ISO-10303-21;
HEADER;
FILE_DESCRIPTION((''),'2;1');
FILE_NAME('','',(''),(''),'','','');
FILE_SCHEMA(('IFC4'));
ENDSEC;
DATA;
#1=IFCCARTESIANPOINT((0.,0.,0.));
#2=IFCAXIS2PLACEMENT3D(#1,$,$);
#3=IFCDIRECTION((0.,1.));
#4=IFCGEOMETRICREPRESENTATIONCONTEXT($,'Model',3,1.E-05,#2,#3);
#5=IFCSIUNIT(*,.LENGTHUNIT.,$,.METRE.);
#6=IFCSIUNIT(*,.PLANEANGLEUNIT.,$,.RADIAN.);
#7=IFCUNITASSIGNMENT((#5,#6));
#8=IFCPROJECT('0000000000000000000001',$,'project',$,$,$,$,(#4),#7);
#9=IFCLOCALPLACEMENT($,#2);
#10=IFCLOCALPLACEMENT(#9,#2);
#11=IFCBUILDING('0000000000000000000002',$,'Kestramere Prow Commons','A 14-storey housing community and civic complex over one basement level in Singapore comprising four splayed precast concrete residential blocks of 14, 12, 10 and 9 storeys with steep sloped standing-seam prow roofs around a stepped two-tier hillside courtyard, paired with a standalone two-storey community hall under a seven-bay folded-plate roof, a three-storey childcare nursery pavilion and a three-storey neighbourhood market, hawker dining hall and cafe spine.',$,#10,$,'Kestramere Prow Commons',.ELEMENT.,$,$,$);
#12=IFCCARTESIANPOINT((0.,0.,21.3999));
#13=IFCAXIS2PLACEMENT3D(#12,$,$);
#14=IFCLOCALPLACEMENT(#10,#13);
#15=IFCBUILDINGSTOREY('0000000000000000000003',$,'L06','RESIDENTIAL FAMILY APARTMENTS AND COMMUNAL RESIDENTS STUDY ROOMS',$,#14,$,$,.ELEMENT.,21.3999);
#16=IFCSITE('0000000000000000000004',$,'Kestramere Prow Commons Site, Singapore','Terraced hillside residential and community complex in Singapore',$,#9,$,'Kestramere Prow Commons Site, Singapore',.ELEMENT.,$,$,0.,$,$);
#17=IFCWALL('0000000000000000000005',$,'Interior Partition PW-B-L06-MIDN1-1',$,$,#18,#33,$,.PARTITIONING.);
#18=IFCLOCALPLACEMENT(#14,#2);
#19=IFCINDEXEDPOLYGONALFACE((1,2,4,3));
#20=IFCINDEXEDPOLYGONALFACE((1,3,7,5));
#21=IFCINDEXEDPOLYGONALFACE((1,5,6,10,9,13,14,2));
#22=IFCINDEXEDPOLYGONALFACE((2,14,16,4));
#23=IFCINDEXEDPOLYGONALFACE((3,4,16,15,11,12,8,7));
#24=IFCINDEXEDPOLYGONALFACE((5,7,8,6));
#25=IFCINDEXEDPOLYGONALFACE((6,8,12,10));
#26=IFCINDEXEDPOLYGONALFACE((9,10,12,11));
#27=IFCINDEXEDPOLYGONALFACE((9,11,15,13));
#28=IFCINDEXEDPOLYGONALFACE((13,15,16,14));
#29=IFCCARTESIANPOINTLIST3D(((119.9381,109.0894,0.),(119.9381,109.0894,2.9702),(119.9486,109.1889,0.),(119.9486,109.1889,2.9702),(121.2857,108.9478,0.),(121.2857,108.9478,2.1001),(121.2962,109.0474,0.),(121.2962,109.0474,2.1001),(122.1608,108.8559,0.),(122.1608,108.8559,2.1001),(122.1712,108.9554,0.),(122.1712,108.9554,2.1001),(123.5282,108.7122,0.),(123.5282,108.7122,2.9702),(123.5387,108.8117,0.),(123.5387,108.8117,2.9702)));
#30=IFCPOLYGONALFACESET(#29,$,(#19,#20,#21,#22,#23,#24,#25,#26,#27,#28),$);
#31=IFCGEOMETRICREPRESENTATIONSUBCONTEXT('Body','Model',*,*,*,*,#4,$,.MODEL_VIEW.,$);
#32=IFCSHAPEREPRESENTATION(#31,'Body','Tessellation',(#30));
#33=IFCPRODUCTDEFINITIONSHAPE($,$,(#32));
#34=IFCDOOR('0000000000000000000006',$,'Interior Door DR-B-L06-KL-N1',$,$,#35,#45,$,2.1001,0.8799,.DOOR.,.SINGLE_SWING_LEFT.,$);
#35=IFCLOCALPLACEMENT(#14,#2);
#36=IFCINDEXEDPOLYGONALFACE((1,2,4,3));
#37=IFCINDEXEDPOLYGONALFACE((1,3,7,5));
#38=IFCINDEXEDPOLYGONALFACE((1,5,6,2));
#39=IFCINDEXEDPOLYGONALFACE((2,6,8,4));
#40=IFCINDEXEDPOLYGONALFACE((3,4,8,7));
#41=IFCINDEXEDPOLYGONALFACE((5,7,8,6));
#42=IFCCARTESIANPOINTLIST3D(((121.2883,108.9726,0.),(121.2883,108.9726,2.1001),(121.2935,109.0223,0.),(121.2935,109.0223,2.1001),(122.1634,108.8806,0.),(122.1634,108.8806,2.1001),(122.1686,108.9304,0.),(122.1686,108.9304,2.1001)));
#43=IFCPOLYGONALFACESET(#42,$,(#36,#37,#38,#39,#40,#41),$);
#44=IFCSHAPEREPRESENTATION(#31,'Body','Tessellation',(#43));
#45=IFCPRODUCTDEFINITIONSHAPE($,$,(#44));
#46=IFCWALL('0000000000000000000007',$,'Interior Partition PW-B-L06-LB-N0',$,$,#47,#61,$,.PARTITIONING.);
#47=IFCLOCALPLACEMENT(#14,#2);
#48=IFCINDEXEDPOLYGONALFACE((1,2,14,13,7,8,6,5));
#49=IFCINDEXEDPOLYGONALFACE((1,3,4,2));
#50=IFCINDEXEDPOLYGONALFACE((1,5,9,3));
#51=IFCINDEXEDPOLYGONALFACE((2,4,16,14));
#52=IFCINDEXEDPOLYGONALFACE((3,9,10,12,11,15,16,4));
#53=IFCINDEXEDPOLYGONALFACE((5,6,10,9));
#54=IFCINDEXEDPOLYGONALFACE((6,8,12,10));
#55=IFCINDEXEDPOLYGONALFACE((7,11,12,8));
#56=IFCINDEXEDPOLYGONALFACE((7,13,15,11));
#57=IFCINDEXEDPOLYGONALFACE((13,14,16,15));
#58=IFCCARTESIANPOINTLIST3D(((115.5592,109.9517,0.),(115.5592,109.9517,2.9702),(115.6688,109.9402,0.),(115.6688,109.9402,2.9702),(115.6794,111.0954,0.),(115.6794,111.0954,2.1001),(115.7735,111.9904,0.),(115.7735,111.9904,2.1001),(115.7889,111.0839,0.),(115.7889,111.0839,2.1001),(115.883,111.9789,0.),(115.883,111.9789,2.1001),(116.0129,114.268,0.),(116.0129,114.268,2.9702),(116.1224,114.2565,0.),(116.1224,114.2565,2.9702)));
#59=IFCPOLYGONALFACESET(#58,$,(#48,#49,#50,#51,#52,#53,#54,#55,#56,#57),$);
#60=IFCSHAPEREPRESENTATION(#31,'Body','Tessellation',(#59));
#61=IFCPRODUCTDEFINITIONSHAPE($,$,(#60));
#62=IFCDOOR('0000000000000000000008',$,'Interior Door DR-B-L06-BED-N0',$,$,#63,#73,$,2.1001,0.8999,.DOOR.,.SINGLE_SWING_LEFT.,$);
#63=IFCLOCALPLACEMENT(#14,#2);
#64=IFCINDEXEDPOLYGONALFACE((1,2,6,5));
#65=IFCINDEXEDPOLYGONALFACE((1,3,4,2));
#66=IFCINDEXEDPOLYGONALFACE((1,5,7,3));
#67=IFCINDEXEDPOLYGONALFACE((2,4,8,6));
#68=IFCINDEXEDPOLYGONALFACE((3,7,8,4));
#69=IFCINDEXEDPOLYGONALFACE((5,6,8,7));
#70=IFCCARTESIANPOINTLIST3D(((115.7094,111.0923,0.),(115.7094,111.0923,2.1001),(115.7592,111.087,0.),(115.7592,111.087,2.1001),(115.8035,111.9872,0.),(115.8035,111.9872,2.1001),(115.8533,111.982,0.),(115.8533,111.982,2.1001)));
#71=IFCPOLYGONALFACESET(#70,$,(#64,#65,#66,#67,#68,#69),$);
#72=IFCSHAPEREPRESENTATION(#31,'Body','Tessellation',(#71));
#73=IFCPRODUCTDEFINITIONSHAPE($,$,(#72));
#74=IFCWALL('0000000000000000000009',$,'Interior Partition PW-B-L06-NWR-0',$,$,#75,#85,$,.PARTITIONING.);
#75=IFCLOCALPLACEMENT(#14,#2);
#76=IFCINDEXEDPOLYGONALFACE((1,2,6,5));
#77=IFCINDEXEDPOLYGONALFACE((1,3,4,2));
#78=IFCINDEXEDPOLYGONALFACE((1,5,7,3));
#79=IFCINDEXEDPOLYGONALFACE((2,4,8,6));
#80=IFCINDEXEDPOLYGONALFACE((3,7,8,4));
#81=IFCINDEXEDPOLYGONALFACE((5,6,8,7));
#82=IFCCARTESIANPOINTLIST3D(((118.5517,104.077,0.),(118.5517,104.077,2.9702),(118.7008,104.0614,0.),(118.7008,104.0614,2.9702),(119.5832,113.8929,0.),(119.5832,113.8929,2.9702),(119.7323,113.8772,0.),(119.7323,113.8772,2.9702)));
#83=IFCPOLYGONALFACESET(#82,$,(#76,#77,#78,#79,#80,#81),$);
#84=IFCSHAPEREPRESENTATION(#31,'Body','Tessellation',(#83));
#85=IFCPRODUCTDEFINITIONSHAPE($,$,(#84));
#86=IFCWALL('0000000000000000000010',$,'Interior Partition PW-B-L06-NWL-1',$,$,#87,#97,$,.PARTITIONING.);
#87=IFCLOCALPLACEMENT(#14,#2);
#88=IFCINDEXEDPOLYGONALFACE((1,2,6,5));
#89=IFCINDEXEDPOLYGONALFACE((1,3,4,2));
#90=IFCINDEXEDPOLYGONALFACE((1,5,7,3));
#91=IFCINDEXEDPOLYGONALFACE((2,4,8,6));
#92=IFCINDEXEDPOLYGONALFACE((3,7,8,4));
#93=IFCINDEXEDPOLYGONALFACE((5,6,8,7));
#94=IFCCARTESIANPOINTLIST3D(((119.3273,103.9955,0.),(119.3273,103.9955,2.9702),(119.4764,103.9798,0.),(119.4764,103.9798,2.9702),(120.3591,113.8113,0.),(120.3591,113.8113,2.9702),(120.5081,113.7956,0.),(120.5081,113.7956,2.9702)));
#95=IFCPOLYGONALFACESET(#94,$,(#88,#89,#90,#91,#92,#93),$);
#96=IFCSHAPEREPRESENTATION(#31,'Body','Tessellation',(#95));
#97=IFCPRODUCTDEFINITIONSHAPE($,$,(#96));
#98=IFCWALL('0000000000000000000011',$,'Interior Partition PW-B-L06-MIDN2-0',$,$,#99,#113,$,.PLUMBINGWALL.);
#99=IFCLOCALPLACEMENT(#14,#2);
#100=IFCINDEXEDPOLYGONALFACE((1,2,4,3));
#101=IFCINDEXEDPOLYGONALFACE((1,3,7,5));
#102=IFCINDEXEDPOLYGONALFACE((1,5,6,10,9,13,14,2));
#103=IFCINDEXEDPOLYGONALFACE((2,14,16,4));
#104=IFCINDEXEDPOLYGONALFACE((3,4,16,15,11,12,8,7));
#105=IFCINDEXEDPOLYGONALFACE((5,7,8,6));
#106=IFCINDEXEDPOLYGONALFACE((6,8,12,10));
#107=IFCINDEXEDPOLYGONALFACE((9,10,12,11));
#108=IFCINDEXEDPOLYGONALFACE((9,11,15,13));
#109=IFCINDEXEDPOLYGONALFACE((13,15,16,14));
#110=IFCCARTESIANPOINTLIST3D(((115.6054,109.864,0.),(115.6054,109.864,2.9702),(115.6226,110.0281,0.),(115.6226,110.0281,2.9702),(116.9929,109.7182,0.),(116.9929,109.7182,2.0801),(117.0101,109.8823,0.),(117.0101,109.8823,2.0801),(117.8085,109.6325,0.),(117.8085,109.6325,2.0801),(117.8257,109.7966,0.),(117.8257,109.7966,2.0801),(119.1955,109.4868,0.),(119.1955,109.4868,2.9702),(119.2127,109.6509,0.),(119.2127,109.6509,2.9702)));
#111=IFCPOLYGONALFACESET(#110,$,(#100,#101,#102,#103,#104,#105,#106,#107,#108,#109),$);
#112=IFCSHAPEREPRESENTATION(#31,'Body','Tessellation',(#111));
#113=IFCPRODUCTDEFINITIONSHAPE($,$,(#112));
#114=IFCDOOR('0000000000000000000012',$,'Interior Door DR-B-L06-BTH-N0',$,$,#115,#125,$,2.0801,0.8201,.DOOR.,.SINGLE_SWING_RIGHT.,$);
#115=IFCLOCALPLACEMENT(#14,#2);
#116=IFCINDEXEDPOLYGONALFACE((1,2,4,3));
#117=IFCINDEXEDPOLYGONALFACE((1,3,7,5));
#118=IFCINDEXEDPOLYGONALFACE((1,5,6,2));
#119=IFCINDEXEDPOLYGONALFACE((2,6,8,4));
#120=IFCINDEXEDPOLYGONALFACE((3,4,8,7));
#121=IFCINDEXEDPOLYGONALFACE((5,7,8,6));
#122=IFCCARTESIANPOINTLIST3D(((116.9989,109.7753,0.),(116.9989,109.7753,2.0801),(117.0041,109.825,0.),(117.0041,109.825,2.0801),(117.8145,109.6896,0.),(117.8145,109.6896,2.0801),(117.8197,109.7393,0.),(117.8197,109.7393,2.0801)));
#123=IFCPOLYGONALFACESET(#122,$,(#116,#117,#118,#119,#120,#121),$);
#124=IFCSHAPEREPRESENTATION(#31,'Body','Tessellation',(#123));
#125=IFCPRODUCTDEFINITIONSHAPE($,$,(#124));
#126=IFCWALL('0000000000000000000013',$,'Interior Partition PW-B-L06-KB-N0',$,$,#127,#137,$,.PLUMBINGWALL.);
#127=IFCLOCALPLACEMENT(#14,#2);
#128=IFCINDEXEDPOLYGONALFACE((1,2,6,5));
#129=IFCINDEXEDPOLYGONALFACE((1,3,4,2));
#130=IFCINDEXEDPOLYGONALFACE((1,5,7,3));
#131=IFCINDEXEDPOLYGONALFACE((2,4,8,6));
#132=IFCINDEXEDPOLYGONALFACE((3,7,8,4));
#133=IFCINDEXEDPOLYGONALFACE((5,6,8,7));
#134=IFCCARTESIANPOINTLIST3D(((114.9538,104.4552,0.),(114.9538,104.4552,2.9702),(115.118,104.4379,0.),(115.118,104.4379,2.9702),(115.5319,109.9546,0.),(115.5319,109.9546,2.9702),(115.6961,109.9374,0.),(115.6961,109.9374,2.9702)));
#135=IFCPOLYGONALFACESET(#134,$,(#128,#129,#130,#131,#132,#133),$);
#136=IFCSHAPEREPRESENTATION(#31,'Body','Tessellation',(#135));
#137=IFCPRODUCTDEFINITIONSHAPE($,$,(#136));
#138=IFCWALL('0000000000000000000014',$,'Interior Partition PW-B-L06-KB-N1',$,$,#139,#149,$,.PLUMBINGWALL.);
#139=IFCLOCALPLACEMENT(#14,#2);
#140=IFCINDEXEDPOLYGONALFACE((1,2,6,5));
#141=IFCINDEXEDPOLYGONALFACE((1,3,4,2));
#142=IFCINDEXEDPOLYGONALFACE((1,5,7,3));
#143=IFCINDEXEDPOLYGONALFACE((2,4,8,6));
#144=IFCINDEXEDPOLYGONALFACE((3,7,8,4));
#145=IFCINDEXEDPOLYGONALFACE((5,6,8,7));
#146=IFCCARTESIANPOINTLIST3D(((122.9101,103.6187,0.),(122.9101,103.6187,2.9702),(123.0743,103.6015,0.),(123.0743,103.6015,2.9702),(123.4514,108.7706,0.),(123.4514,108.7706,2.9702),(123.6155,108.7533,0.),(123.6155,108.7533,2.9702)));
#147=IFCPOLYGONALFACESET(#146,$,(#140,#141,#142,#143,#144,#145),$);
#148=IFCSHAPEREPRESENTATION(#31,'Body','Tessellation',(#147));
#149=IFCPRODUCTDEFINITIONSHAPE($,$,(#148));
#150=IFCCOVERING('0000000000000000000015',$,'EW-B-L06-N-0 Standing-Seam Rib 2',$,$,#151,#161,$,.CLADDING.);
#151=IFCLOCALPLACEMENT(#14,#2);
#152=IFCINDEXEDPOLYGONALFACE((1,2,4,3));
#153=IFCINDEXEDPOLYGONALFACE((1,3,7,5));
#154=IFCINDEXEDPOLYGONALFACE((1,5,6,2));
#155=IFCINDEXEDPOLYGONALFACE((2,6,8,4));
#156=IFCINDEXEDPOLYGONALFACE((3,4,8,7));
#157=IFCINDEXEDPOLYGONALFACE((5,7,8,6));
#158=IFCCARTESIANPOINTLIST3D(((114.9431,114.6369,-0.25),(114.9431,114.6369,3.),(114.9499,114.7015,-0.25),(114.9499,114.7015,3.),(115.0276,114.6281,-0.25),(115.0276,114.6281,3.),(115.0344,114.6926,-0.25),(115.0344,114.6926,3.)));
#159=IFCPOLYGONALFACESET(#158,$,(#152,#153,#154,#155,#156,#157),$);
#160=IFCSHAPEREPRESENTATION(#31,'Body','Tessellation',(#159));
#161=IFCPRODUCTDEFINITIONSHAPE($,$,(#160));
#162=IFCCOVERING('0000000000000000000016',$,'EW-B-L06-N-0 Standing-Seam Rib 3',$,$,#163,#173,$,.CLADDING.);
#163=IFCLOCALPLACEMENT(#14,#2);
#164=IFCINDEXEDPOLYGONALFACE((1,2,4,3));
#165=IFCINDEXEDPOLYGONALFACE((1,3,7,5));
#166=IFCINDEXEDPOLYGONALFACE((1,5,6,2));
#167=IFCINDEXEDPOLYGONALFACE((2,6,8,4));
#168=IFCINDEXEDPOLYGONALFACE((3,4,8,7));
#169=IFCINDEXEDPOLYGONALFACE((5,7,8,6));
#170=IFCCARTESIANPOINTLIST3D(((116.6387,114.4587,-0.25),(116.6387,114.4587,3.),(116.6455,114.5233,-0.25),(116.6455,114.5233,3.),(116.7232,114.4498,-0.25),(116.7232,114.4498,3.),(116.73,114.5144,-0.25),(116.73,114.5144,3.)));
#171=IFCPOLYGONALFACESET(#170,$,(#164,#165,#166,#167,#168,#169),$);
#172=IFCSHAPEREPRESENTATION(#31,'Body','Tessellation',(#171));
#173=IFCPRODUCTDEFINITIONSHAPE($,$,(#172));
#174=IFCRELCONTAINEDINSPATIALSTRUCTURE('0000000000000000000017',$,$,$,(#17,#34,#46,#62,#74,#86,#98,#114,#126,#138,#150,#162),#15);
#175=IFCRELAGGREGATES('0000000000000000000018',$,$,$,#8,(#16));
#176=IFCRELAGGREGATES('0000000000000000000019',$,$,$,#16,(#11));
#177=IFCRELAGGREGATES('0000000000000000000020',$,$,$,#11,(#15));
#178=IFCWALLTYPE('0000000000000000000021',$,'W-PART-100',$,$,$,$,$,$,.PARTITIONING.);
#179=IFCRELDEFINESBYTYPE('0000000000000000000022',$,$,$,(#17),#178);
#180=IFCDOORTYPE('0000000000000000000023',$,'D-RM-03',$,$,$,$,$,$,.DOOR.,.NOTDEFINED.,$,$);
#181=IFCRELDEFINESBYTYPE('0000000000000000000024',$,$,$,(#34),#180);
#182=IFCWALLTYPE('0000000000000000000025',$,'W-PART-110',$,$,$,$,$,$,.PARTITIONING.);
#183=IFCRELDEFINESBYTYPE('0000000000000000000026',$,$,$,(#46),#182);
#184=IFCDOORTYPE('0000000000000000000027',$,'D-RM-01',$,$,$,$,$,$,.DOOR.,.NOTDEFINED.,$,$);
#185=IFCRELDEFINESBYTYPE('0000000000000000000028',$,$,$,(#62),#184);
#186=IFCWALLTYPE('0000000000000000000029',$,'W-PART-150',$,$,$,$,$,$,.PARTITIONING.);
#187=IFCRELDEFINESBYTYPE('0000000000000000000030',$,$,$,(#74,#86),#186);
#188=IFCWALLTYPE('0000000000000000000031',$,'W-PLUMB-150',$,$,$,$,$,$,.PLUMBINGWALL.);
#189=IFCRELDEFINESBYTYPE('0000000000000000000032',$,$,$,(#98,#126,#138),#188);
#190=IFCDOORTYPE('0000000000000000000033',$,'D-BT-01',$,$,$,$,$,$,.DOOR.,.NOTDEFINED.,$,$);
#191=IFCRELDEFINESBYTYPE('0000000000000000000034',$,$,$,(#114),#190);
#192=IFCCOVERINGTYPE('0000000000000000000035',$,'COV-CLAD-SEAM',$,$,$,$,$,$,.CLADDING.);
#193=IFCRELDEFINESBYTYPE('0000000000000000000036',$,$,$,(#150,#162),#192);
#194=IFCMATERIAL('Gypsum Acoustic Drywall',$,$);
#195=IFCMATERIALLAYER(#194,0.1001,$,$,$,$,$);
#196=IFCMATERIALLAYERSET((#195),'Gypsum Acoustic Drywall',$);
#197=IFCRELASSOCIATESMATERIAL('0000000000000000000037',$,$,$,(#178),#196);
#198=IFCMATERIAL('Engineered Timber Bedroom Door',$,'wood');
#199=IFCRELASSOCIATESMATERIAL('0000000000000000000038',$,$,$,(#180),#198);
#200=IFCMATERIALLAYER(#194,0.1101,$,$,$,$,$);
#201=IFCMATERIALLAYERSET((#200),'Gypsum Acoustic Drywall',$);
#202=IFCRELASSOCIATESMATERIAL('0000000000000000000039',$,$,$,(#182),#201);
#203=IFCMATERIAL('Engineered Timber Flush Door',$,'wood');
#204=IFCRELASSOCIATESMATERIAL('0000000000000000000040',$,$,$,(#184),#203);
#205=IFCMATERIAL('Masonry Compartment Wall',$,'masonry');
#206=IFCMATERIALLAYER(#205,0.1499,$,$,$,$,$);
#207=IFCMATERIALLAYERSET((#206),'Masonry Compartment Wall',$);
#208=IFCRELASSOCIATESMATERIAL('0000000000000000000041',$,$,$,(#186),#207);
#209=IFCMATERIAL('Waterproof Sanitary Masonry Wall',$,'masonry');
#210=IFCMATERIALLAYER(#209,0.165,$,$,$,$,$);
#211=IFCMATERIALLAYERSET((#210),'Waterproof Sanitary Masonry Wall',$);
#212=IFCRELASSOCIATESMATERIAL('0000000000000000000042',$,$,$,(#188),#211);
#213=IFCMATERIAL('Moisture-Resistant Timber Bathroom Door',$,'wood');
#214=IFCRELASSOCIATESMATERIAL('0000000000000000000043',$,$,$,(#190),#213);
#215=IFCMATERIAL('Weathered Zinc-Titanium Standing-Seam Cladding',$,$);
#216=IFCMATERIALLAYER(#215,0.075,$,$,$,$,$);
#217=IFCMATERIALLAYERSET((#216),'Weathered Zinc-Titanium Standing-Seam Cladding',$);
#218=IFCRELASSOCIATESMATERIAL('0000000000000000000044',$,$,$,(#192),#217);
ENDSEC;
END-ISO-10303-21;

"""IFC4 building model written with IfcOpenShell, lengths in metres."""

from ifc_helpers import new_model, si_unit, direction, frame, frame_2d, origin, origin_2d, place, context, subcontext, project, spatial, rectangle, extrude, material, layer, layer_set, type_object, element, fill, save


model = new_model("IFC4")

# Units and contexts
model_context = context("Model", 3, precision=1e-05, world=origin(), true_north=direction((0.0, 1.0)))
body_context = subcontext(model_context, "Body", "Model", "MODEL_VIEW")
ifc_project = project(units=[si_unit("LENGTHUNIT", "METRE"), si_unit("PLANEANGLEUNIT", "RADIAN")], contexts=[model_context])

# Site, building, storey
site_placement = place(None, origin())
site = spatial("IfcSite", under=ifc_project, at=site_placement, Name="Kestramere Prow Commons Site, Singapore", Description="Terraced hillside residential and community complex in Singapore", LongName="Kestramere Prow Commons Site, Singapore", CompositionType="ELEMENT", RefElevation=0.0)
building_placement = place(site_placement, origin())
building = spatial("IfcBuilding", under=site, at=building_placement, Name="Kestramere Prow Commons", Description="A 14-storey housing community and civic complex over one basement level in Singapore comprising four splayed precast concrete residential blocks of 14, 12, 10 and 9 storeys with steep sloped standing-seam prow roofs around a stepped two-tier hillside courtyard, paired with a standalone two-storey community hall under a seven-bay folded-plate roof, a three-storey childcare nursery pavilion and a three-storey neighbourhood market, hawker dining hall and cafe spine.", LongName="Kestramere Prow Commons", CompositionType="ELEMENT")
storey_placement = place(building_placement, frame((0.0, 0.0, 21.3999)))
storey = spatial("IfcBuildingStorey", under=building, at=storey_placement, Name="L06", Description="RESIDENTIAL FAMILY APARTMENTS AND COMMUNAL RESIDENTS STUDY ROOMS", CompositionType="ELEMENT", Elevation=21.3999)

# Walls, openings, doors
ifc_material_1 = material(Name="Gypsum Acoustic Drywall")
ifc_layer_1 = layer(ifc_material_1, 0.1001)
ifc_layer_set_1 = layer_set([ifc_layer_1], Name="Gypsum Acoustic Drywall")
wall_type_1 = type_object("IfcWallType", Name="W-PART-100", PredefinedType="PARTITIONING", material=ifc_layer_set_1)
wall_1_placement = place(storey_placement, frame((119.9434, 109.1392, 0.0), z_axis=(0.0, 0.0, 1.0), x_axis=(0.994526, -0.104491, 0.0)))
wall_1 = element("IfcWall", 1, at=wall_1_placement, inside=storey, type_object=wall_type_1, Name="Interior Partition PW-B-L06-MIDN1-1", PredefinedType="PARTITIONING", context=body_context, shape_type="SweptSolid", body=[
    extrude(rectangle(XDim=3.6099, YDim=0.1001, at=frame_2d((1.8049, 0.0))), origin(), (0.0, 0.0, 1.0), 2.9702),
])
opening_1_placement = place(wall_1_placement, frame((1.355, 0.0, 0.0)))
opening_1 = element("IfcOpeningElement", 2, at=opening_1_placement, cuts=wall_1, PredefinedType="OPENING", context=body_context, shape_type="SweptSolid", body=[
    extrude(rectangle(XDim=0.8799, YDim=2.1001, at=frame_2d((0.4399, 1.05))), frame((0.0, 0.0649, 0.0), z_axis=(0.0, -1.0, 0.0), x_axis=(1.0, 0.0, 0.0)), (0.0, 0.0, 1.0), 0.1301),
])
ifc_material_2 = material(Name="Engineered Timber Bedroom Door", Category="wood")
door_type_1 = type_object("IfcDoorType", Name="D-RM-03", OperationType="NOTDEFINED", PredefinedType="DOOR", material=ifc_material_2)
door_1_placement = place(opening_1_placement, origin())
door_1 = element("IfcDoor", 3, at=door_1_placement, inside=storey, type_object=door_type_1, Name="Interior Door DR-B-L06-KL-N1", OperationType="SINGLE_SWING_LEFT", OverallHeight=2.1001, OverallWidth=0.8799, PredefinedType="DOOR", context=body_context, shape_type="SweptSolid", body=[
    extrude(rectangle(XDim=0.8799, YDim=2.1001, at=frame_2d((0.4399, 1.05))), frame((0.0, 0.0249, 0.0), z_axis=(0.0, -1.0, 0.0), x_axis=(1.0, 0.0, 0.0)), (0.0, 0.0, 1.0), 0.05),
])
fill(opening_1, door_1)
ifc_layer_2 = layer(ifc_material_1, 0.1101)
ifc_layer_set_2 = layer_set([ifc_layer_2], Name="Gypsum Acoustic Drywall")
wall_type_2 = type_object("IfcWallType", Name="W-PART-110", PredefinedType="PARTITIONING", material=ifc_layer_set_2)
wall_2_placement = place(storey_placement, frame((115.614, 109.946, 0.0), z_axis=(0.0, 0.0, 1.0), x_axis=(0.104515, 0.994523, 0.0)))
wall_2 = element("IfcWall", 4, at=wall_2_placement, inside=storey, type_object=wall_type_2, Name="Interior Partition PW-B-L06-LB-N0", PredefinedType="PARTITIONING", context=body_context, shape_type="SweptSolid", body=[
    extrude(rectangle(XDim=4.3401, YDim=0.1101, at=frame_2d((2.1699, 0.0))), origin(), (0.0, 0.0, 1.0), 2.9702),
])
opening_2_placement = place(wall_2_placement, frame((1.1499, 0.0, 0.0)))
opening_2 = element("IfcOpeningElement", 5, at=opening_2_placement, cuts=wall_2, PredefinedType="OPENING", context=body_context, shape_type="SweptSolid", body=[
    extrude(rectangle(XDim=0.8999, YDim=2.1001, at=frame_2d((0.45, 1.05))), frame((0.0, 0.0701, 0.0), z_axis=(0.0, -1.0, 0.0), x_axis=(1.0, 0.0, 0.0)), (0.0, 0.0, 1.0), 0.1401),
])
ifc_material_3 = material(Name="Engineered Timber Flush Door", Category="wood")
door_type_2 = type_object("IfcDoorType", Name="D-RM-01", OperationType="NOTDEFINED", PredefinedType="DOOR", material=ifc_material_3)
door_2_placement = place(opening_2_placement, origin())
door_2 = element("IfcDoor", 6, at=door_2_placement, inside=storey, type_object=door_type_2, Name="Interior Door DR-B-L06-BED-N0", OperationType="SINGLE_SWING_LEFT", OverallHeight=2.1001, OverallWidth=0.8999, PredefinedType="DOOR", context=body_context, shape_type="SweptSolid", body=[
    extrude(rectangle(XDim=0.8999, YDim=2.1001, at=frame_2d((0.45, 1.05))), frame((0.0, 0.0249, 0.0), z_axis=(0.0, -1.0, 0.0), x_axis=(1.0, 0.0, 0.0)), (0.0, 0.0, 1.0), 0.05),
])
fill(opening_2, door_2)

# Walls
ifc_material_4 = material(Name="Masonry Compartment Wall", Category="masonry")
ifc_layer_3 = layer(ifc_material_4, 0.1499)
ifc_layer_set_3 = layer_set([ifc_layer_3], Name="Masonry Compartment Wall")
wall_type_3 = type_object("IfcWallType", Name="W-PART-150", PredefinedType="PARTITIONING", material=ifc_layer_set_3)
for number, where, z_axis, x_axis, name in (
    (7, (118.6262, 104.0691, 0.0), (0.0, 0.0, 1.0), (0.104508, 0.994524, 0.0), "Interior Partition PW-B-L06-NWR-0"),
    (8, (119.4019, 103.9875, 0.0), (0.0, 0.0, 1.0), (0.104533, 0.994521, 0.0), "Interior Partition PW-B-L06-NWL-1"),
):
    element("IfcWall", number, at=place(storey_placement, frame(where, z_axis=z_axis, x_axis=x_axis)), inside=storey, type_object=wall_type_3, Name=name, PredefinedType="PARTITIONING", context=body_context, shape_type="SweptSolid", body=[
        extrude(rectangle(XDim=9.8699, YDim=0.1499, at=frame_2d((4.9351, 0.0))), origin(), (0.0, 0.0, 1.0), 2.9702),
    ])

# Wall, opening, door
ifc_material_5 = material(Name="Waterproof Sanitary Masonry Wall", Category="masonry")
ifc_layer_4 = layer(ifc_material_5, 0.165)
ifc_layer_set_4 = layer_set([ifc_layer_4], Name="Waterproof Sanitary Masonry Wall")
wall_type_4 = type_object("IfcWallType", Name="W-PLUMB-150", PredefinedType="PLUMBINGWALL", material=ifc_layer_set_4)
wall_3_placement = place(storey_placement, frame((115.614, 109.946, 0.0), z_axis=(0.0, 0.0, 1.0), x_axis=(0.994526, -0.104491, 0.0)))
wall_3 = element("IfcWall", 9, at=wall_3_placement, inside=storey, type_object=wall_type_4, Name="Interior Partition PW-B-L06-MIDN2-0", PredefinedType="PLUMBINGWALL", context=body_context, shape_type="SweptSolid", body=[
    extrude(rectangle(XDim=3.6099, YDim=0.165, at=frame_2d((1.8049, 0.0))), origin(), (0.0, 0.0, 1.0), 2.9702),
])
opening_3_placement = place(wall_3_placement, frame((1.395, 0.0, 0.0)))
opening_3 = element("IfcOpeningElement", 10, at=opening_3_placement, cuts=wall_3, PredefinedType="OPENING", context=body_context, shape_type="SweptSolid", body=[
    extrude(rectangle(XDim=0.8201, YDim=2.0801, at=frame_2d((0.4102, 1.04))), frame((0.0, 0.0974, 0.0), z_axis=(0.0, -1.0, 0.0), x_axis=(1.0, 0.0, 0.0)), (0.0, 0.0, 1.0), 0.1951),
])
ifc_material_6 = material(Name="Moisture-Resistant Timber Bathroom Door", Category="wood")
door_type_3 = type_object("IfcDoorType", Name="D-BT-01", OperationType="NOTDEFINED", PredefinedType="DOOR", material=ifc_material_6)
door_3_placement = place(opening_3_placement, origin())
door_3 = element("IfcDoor", 11, at=door_3_placement, inside=storey, type_object=door_type_3, Name="Interior Door DR-B-L06-BTH-N0", OperationType="SINGLE_SWING_RIGHT", OverallHeight=2.0801, OverallWidth=0.8201, PredefinedType="DOOR", context=body_context, shape_type="SweptSolid", body=[
    extrude(rectangle(XDim=0.8201, YDim=2.0801, at=frame_2d((0.4102, 1.04))), frame((0.0, 0.0249, 0.0), z_axis=(0.0, -1.0, 0.0), x_axis=(1.0, 0.0, 0.0)), (0.0, 0.0, 1.0), 0.05),
])
fill(opening_3, door_3)

# Walls
wall_4_placement = place(storey_placement, frame((115.0359, 104.4465, 0.0), z_axis=(0.0, 0.0, 1.0), x_axis=(0.104547, 0.99452, 0.0)))
element("IfcWall", 12, at=wall_4_placement, inside=storey, type_object=wall_type_4, Name="Interior Partition PW-B-L06-KB-N0", PredefinedType="PLUMBINGWALL", context=body_context, shape_type="SweptSolid", body=[
    extrude(rectangle(XDim=5.5298, YDim=0.165, at=frame_2d((2.7649, 0.0))), origin(), (0.0, 0.0, 1.0), 2.9702),
])
wall_5_placement = place(storey_placement, frame((122.9922, 103.6101, 0.0), z_axis=(0.0, 0.0, 1.0), x_axis=(0.104486, 0.994526, 0.0)))
element("IfcWall", 13, at=wall_5_placement, inside=storey, type_object=wall_type_4, Name="Interior Partition PW-B-L06-KB-N1", PredefinedType="PLUMBINGWALL", context=body_context, shape_type="SweptSolid", body=[
    extrude(rectangle(XDim=5.1802, YDim=0.165, at=frame_2d((2.5901, 0.0))), origin(), (0.0, 0.0, 1.0), 2.9702),
])

# Coverings
ifc_material_7 = material(Name="Weathered Zinc-Titanium Standing-Seam Cladding")
ifc_layer_5 = layer(ifc_material_7, 0.075)
ifc_layer_set_5 = layer_set([ifc_layer_5], Name="Weathered Zinc-Titanium Standing-Seam Cladding")
covering_type = type_object("IfcCoveringType", Name="COV-CLAD-SEAM", PredefinedType="CLADDING", material=ifc_layer_set_5)
for number, where, z_axis, x_axis, name in (
    (14, (114.9888, 114.6648, -0.25), (0.0, 0.0, 1.0), (0.994522, -0.104528, 0.0), "EW-B-L06-N-0 Standing-Seam Rib 2"),
    (15, (116.6843, 114.4866, -0.25), (0.0, 0.0, 1.0), (0.994522, -0.104528, 0.0), "EW-B-L06-N-0 Standing-Seam Rib 3"),
):
    element("IfcCovering", number, at=place(storey_placement, frame(where, z_axis=z_axis, x_axis=x_axis)), inside=storey, type_object=covering_type, Name=name, PredefinedType="CLADDING", context=body_context, shape_type="SweptSolid", body=[
        extrude(rectangle(XDim=0.085, YDim=0.0649, at=origin_2d()), origin(), (0.0, 0.0, 1.0), 3.25),
    ])

save(model, "model.ifc")
